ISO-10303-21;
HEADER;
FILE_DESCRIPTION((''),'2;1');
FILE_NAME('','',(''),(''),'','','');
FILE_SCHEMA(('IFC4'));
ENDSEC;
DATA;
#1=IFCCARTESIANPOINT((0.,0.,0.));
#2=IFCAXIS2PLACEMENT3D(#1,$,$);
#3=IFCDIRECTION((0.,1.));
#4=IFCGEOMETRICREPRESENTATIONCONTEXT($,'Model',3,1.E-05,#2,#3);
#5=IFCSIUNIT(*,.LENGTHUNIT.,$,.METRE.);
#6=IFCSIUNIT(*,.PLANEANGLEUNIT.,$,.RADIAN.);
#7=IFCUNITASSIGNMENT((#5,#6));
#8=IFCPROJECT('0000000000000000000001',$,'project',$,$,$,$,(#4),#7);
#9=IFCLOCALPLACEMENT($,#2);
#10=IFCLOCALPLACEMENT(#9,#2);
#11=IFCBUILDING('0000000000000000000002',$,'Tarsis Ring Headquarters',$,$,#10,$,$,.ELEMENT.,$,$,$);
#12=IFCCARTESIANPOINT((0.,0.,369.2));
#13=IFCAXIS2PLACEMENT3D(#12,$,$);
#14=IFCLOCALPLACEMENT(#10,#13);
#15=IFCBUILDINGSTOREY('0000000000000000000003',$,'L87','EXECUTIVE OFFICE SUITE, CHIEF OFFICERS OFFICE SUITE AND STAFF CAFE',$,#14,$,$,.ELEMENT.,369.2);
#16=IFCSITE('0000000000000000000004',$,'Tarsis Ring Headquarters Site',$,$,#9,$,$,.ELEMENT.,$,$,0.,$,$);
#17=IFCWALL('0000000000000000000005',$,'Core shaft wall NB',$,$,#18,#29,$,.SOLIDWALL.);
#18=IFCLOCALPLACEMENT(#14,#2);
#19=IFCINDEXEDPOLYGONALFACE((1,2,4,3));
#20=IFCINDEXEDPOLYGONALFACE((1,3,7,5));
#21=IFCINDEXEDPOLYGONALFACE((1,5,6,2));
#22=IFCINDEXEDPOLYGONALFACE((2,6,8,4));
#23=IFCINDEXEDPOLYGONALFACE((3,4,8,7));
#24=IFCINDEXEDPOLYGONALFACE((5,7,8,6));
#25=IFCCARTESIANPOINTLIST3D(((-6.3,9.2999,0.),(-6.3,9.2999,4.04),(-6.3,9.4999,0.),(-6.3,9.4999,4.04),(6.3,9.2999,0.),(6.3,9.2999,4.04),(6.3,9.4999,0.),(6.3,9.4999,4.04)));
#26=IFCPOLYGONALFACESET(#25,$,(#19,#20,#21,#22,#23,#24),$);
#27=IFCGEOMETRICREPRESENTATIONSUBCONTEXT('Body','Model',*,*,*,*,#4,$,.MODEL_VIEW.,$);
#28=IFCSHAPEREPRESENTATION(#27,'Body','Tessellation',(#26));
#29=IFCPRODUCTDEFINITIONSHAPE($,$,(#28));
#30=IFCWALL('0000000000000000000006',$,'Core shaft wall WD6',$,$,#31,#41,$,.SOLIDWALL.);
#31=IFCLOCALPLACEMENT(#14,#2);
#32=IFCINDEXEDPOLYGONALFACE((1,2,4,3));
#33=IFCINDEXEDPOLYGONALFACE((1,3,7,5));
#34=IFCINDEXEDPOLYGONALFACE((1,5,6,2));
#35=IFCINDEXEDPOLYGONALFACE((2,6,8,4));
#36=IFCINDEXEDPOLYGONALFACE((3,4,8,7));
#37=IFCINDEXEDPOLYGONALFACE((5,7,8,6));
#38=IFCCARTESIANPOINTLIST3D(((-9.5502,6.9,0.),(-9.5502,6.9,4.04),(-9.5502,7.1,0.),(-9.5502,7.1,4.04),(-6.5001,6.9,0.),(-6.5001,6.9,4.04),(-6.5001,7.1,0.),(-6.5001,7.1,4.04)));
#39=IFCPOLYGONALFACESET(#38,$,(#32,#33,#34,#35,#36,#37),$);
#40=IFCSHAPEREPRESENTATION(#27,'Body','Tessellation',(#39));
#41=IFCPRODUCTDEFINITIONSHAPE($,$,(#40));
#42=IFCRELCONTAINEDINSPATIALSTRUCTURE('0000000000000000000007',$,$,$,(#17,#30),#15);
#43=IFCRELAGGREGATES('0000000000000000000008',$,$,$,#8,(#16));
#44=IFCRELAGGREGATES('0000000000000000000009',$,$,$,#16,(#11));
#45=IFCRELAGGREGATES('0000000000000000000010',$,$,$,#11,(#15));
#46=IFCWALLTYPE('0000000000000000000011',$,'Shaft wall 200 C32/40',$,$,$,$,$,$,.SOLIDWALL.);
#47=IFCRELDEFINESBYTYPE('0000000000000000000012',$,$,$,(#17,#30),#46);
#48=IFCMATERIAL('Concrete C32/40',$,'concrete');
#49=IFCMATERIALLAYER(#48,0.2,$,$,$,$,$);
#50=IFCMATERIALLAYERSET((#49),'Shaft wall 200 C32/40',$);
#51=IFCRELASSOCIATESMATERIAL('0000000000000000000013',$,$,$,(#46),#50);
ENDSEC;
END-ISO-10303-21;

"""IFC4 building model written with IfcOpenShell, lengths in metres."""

from ifc_helpers import new_model, si_unit, direction, frame, frame_2d, origin, place, context, subcontext, project, spatial, rectangle, extrude, material, layer, layer_set, type_object, element, save


model = new_model("IFC4")

# Units and contexts
model_context = context("Model", 3, precision=1e-05, world=origin(), true_north=direction((0.0, 1.0)))
body_context = subcontext(model_context, "Body", "Model", "MODEL_VIEW")
ifc_project = project(units=[si_unit("LENGTHUNIT", "METRE"), si_unit("PLANEANGLEUNIT", "RADIAN")], contexts=[model_context])

# Site, building, storey
site_placement = place(None, origin())
site = spatial("IfcSite", under=ifc_project, at=site_placement, Name="Tarsis Ring Headquarters Site", CompositionType="ELEMENT", RefElevation=0.0)
building_placement = place(site_placement, origin())
building = spatial("IfcBuilding", under=site, at=building_placement, Name="Tarsis Ring Headquarters", CompositionType="ELEMENT")
storey_placement = place(building_placement, frame((0.0, 0.0, 369.2)))
storey = spatial("IfcBuildingStorey", under=building, at=storey_placement, Name="L87", Description="EXECUTIVE OFFICE SUITE, CHIEF OFFICERS OFFICE SUITE AND STAFF CAFE", CompositionType="ELEMENT", Elevation=369.2)

# Shared definitions
ifc_material_1 = material(Name="Concrete C32/40", Category="concrete")

# Shared definitions
ifc_layer_1 = layer(ifc_material_1, 0.2)
ifc_layer_set_1 = layer_set([ifc_layer_1], Name="Shaft wall 200 C32/40")
wall_type_1 = type_object("IfcWallType", Name="Shaft wall 200 C32/40", PredefinedType="SOLIDWALL", material=ifc_layer_set_1)

# Walls
wall_1_placement = place(storey_placement, frame((-6.3, 9.3999, 0.0), z_axis=(0.0, 0.0, 1.0), x_axis=(1.0, 0.0, 0.0)))
element("IfcWall", 1, at=wall_1_placement, inside=storey, type_object=wall_type_1, Name="Core shaft wall NB", PredefinedType="SOLIDWALL", context=body_context, shape_type="SweptSolid", body=[
    extrude(rectangle(XDim=12.6001, YDim=0.2, at=frame_2d((6.3, 0.0))), origin(), (0.0, 0.0, 1.0), 4.04),
])
wall_2_placement = place(storey_placement, frame((-9.55, 7.0, 0.0), z_axis=(0.0, 0.0, 1.0), x_axis=(1.0, 0.0, 0.0)))
element("IfcWall", 2, at=wall_2_placement, inside=storey, type_object=wall_type_1, Name="Core shaft wall WD6", PredefinedType="SOLIDWALL", context=body_context, shape_type="SweptSolid", body=[
    extrude(rectangle(XDim=3.05, YDim=0.2, at=frame_2d((1.5249, 0.0))), origin(), (0.0, 0.0, 1.0), 4.04),
])

save(model, "model.ifc")
